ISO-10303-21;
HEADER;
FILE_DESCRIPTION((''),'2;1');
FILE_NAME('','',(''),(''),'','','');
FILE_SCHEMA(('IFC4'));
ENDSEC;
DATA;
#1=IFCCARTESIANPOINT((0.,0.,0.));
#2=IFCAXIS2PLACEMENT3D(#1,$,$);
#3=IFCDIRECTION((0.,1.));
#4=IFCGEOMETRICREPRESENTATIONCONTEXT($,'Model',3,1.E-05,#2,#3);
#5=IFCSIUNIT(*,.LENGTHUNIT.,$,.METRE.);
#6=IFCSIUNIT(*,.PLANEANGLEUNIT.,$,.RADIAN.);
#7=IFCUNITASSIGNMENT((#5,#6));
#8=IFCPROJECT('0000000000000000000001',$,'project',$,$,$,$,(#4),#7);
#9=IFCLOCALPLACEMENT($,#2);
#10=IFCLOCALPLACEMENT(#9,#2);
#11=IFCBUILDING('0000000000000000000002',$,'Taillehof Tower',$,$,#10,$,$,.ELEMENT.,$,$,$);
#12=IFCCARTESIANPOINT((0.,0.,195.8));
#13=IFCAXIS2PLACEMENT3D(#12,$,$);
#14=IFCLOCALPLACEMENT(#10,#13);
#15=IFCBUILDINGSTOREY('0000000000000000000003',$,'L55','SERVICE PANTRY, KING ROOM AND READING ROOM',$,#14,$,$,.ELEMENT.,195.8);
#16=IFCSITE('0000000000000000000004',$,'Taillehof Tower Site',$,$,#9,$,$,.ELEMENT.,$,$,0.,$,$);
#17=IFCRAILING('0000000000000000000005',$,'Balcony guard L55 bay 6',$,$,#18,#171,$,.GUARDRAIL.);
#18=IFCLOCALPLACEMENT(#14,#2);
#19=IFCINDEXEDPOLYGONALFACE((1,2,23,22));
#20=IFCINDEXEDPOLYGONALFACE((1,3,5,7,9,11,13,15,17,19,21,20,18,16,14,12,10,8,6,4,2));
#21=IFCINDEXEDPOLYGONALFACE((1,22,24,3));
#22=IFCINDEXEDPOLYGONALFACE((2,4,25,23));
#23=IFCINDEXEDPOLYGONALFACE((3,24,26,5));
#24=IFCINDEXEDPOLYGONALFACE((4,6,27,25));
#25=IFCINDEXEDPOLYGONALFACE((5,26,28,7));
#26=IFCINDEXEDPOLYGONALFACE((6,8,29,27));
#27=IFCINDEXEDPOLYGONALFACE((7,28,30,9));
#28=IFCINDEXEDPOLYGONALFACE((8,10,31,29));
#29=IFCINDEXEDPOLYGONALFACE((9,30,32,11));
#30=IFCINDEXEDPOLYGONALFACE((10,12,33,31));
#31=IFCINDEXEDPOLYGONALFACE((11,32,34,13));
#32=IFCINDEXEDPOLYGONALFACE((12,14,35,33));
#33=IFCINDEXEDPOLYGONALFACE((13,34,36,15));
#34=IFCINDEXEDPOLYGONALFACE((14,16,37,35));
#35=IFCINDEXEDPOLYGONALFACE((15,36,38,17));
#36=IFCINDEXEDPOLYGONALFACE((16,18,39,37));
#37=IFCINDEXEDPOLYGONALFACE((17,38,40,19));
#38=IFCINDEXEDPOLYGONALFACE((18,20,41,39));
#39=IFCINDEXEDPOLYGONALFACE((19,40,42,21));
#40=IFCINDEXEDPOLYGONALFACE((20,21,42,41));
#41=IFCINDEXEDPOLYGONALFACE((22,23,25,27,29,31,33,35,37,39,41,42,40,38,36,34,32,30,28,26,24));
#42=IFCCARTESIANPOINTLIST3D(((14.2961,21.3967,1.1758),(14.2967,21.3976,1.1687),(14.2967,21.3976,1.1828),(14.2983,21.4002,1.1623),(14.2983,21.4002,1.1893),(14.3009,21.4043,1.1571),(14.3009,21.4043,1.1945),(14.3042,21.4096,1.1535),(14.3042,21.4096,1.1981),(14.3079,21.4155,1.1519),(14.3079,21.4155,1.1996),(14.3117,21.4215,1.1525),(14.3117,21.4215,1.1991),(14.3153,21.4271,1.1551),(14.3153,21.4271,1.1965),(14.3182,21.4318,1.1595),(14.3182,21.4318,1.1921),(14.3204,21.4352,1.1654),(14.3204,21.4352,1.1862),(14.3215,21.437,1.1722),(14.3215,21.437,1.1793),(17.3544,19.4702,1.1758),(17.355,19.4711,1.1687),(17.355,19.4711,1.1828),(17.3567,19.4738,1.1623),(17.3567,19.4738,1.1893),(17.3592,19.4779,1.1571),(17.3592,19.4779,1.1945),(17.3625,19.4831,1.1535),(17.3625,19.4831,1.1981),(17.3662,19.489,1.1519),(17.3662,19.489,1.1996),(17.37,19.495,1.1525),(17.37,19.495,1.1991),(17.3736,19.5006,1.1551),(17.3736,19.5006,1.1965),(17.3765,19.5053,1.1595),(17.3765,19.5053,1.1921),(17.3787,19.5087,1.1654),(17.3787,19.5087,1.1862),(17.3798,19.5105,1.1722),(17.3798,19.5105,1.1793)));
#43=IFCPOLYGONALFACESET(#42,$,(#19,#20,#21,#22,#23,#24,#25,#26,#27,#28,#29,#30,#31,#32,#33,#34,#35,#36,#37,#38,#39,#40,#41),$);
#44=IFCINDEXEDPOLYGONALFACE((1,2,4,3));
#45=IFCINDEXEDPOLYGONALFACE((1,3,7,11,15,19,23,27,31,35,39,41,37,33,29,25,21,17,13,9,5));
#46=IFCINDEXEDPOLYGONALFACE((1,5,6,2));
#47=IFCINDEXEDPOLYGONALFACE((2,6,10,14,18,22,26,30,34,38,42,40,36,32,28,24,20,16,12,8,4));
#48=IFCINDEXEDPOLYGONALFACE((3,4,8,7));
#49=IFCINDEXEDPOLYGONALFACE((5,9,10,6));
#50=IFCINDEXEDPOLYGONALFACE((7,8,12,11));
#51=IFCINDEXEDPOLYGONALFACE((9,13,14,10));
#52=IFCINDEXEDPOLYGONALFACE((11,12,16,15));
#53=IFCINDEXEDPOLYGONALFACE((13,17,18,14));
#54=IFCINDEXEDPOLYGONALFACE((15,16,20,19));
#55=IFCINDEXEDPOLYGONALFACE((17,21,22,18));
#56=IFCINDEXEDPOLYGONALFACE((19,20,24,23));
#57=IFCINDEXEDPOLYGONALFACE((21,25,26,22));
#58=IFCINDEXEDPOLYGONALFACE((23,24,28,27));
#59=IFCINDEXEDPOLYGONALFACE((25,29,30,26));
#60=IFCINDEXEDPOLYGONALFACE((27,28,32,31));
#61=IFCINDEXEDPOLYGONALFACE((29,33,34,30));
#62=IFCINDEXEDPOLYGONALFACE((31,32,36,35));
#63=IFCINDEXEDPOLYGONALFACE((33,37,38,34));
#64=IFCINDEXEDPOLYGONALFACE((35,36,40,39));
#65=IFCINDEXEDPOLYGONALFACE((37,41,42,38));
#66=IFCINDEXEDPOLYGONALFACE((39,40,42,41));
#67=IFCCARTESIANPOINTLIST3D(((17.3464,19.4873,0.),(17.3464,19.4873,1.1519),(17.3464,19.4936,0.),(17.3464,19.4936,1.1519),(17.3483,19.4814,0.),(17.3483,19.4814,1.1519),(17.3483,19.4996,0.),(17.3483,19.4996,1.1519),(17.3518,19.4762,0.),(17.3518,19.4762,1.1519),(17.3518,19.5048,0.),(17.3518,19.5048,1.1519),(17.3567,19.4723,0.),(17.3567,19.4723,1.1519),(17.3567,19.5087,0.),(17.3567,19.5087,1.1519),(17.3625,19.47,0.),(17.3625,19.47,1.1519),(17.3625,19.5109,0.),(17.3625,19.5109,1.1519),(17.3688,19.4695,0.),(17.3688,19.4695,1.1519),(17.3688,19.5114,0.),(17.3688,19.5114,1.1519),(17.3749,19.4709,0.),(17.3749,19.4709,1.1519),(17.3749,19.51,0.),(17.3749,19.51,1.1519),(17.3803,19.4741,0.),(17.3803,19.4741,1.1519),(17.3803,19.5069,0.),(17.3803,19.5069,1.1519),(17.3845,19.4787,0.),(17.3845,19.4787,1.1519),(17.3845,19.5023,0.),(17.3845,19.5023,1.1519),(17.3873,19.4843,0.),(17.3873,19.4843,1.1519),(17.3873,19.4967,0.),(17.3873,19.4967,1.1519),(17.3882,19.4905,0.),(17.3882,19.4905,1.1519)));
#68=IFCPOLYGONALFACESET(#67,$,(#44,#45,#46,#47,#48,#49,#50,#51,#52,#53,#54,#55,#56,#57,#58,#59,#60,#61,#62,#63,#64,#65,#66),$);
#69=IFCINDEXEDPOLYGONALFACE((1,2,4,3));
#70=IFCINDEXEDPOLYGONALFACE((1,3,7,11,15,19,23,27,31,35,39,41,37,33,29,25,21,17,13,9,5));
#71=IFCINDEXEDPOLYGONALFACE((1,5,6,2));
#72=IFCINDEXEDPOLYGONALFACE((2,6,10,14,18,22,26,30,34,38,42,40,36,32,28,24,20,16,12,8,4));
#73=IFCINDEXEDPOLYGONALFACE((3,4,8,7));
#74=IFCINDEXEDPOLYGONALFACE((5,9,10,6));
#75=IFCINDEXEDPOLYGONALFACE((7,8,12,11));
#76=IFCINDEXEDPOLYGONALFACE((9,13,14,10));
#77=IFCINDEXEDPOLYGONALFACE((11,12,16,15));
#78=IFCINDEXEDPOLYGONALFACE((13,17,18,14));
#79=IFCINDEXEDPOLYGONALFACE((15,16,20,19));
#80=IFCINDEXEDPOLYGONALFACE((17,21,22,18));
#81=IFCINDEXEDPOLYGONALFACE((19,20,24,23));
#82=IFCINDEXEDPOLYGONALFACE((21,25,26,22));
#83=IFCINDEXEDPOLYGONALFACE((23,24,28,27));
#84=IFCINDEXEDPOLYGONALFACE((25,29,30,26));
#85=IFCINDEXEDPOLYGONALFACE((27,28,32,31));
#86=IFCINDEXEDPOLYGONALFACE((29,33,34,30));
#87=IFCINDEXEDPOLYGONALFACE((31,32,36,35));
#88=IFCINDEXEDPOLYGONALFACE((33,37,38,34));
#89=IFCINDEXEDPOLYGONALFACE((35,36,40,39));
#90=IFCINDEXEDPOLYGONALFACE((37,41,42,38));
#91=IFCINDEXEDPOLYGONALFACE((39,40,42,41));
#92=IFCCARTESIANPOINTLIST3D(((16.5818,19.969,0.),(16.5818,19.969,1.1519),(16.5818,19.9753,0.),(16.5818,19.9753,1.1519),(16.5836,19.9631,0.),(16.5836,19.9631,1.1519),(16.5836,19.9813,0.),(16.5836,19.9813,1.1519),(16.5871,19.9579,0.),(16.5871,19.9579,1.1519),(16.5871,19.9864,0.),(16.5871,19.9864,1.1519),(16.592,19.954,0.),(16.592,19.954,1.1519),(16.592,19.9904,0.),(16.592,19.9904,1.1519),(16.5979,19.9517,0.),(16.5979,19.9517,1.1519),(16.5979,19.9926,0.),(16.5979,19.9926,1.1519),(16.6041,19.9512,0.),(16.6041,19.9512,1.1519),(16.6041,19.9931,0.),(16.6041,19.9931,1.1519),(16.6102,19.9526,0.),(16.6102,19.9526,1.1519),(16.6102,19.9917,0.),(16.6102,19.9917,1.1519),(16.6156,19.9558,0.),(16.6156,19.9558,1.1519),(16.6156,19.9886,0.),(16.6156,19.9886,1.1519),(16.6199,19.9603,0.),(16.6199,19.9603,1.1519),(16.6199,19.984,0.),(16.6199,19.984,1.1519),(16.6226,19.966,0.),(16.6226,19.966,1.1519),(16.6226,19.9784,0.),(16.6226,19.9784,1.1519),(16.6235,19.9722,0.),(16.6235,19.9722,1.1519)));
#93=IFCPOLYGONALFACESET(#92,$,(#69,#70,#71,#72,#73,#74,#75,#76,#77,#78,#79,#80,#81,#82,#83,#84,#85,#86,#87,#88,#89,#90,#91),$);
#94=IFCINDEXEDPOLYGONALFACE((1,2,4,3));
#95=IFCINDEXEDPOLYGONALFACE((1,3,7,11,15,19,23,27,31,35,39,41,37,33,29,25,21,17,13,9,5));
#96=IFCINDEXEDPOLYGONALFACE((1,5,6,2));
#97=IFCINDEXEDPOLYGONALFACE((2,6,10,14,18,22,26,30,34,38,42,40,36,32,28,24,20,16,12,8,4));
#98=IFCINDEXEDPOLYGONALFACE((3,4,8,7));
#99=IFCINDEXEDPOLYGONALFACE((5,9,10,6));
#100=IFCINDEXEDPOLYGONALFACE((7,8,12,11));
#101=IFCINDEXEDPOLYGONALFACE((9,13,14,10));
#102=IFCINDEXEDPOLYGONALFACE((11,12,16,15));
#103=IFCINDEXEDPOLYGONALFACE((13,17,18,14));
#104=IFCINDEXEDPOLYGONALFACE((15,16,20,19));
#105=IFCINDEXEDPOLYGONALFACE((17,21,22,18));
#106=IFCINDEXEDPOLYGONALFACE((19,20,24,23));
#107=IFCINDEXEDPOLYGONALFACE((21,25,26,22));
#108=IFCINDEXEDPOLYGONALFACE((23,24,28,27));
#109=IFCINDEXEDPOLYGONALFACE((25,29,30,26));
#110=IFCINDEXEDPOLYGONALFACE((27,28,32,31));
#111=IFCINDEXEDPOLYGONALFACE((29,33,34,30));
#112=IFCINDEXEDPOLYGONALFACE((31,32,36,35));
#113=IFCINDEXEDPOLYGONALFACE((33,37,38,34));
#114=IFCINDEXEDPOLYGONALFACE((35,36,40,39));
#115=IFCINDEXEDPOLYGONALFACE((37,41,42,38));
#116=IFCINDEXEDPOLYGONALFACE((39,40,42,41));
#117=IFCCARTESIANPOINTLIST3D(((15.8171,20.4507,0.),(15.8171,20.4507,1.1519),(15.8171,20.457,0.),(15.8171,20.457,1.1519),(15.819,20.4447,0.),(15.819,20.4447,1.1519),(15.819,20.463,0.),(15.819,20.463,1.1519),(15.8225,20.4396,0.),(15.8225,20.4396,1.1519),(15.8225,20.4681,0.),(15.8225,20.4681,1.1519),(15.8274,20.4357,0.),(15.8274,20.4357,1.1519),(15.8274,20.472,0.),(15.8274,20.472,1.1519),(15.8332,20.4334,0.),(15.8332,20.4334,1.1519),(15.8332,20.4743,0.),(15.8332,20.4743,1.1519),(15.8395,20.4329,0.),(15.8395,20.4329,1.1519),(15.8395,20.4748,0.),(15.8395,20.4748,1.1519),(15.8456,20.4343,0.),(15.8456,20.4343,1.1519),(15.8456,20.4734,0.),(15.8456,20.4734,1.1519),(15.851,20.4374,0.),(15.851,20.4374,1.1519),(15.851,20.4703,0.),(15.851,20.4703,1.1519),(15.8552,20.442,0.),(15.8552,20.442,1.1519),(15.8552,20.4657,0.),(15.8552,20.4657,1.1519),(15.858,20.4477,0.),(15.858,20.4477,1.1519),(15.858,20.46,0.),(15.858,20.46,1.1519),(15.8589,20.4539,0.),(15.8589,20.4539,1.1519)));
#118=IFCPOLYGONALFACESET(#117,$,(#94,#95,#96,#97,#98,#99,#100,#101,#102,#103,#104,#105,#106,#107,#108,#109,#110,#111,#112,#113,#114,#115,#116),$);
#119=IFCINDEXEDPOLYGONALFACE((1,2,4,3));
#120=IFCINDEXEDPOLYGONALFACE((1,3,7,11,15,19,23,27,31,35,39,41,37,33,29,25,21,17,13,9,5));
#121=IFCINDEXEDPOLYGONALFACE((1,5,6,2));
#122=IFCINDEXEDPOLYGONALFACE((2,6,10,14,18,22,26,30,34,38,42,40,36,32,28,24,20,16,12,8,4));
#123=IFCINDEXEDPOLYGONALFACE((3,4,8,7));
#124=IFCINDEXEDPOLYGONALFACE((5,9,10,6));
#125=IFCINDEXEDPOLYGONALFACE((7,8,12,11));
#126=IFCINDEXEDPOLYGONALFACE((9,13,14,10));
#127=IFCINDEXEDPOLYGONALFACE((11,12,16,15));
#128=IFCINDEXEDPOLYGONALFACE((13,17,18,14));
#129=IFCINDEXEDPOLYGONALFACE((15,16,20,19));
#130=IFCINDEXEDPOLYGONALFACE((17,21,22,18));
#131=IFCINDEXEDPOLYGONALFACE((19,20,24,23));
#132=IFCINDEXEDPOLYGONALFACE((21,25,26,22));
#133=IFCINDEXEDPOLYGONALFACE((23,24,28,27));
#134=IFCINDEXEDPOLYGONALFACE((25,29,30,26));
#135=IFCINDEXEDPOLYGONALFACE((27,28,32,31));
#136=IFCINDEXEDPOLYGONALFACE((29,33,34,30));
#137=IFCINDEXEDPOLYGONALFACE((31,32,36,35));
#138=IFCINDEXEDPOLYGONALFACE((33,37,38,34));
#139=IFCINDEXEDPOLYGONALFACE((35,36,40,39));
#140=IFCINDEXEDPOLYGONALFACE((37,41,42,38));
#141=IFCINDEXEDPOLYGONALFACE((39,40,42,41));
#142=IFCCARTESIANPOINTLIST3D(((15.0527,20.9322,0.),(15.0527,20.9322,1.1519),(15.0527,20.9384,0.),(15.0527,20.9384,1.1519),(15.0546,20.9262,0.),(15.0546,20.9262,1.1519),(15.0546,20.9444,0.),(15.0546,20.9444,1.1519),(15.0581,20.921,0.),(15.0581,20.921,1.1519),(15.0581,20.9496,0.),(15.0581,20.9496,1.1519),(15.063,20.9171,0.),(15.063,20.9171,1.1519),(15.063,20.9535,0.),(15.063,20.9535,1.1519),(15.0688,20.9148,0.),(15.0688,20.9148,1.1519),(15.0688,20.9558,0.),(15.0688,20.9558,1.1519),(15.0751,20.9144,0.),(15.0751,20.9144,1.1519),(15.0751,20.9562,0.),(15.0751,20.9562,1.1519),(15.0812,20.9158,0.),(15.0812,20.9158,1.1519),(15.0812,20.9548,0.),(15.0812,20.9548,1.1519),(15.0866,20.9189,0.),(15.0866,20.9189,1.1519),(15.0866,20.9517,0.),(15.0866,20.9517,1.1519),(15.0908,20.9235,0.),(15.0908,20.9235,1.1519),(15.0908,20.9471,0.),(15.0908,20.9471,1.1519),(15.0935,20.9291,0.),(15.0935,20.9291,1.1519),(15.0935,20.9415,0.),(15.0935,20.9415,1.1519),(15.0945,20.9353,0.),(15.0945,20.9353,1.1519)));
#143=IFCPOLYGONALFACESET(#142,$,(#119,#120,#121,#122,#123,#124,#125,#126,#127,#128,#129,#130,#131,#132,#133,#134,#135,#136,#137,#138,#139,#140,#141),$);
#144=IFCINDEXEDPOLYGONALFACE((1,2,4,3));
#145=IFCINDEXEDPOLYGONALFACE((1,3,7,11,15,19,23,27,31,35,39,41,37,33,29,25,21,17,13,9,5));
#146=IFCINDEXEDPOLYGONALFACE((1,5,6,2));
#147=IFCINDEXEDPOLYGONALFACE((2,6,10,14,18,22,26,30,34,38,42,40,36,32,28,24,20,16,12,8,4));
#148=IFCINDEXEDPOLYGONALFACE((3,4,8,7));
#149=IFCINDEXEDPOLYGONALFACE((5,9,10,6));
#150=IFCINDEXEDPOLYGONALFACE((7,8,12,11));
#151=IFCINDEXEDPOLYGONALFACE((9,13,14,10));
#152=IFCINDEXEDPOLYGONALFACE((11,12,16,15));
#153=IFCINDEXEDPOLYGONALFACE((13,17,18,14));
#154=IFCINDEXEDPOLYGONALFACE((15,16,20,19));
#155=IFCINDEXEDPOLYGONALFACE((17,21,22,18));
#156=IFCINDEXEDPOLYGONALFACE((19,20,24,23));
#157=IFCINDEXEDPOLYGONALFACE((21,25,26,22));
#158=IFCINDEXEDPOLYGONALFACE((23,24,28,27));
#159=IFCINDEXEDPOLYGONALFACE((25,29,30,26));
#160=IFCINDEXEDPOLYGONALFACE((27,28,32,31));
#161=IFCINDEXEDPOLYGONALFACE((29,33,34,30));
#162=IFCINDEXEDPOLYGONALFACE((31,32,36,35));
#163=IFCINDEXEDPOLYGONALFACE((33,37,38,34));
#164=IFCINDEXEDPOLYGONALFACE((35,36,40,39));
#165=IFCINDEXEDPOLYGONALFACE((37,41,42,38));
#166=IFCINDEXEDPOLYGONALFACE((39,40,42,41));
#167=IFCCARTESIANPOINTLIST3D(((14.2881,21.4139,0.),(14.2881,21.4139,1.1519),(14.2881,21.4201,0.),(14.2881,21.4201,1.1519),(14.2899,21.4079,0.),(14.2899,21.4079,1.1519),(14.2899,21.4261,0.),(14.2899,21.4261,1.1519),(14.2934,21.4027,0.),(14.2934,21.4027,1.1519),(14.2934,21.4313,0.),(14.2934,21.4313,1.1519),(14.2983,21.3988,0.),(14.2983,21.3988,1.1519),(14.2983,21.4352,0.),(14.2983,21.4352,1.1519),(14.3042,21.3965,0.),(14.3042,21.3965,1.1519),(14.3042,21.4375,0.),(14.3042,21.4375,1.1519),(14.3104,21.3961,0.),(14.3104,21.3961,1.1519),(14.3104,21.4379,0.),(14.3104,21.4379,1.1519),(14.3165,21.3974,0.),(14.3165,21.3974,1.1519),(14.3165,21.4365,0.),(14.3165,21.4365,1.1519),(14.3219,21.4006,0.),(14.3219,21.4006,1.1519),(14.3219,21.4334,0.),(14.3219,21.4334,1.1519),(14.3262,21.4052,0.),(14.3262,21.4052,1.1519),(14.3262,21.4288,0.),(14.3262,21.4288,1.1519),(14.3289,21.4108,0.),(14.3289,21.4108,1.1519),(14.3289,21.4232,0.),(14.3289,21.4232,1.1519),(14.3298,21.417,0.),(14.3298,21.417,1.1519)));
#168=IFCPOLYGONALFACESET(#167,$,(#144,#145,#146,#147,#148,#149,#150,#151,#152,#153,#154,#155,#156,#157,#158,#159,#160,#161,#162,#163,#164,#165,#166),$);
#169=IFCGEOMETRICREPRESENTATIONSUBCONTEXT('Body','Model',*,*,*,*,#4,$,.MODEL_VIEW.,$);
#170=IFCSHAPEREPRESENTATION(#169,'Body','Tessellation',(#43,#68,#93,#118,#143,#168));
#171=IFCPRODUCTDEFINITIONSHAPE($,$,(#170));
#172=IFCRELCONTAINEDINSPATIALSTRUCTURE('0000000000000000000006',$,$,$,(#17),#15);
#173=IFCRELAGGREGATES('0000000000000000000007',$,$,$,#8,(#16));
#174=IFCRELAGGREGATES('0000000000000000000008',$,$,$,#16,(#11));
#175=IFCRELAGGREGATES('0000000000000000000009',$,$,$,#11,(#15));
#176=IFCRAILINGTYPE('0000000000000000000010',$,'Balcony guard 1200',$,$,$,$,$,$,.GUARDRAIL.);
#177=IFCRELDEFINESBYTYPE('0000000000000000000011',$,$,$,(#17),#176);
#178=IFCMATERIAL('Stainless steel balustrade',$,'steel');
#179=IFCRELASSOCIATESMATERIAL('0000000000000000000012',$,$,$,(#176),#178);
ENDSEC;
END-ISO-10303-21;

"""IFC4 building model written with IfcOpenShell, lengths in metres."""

from ifc_helpers import new_model, si_unit, direction, frame, origin, origin_2d, place, context, subcontext, project, spatial, circle, extrude, material, type_object, element, save


model = new_model("IFC4")

# Units and contexts
model_context = context("Model", 3, precision=1e-05, world=origin(), true_north=direction((0.0, 1.0)))
body_context = subcontext(model_context, "Body", "Model", "MODEL_VIEW")
ifc_project = project(units=[si_unit("LENGTHUNIT", "METRE"), si_unit("PLANEANGLEUNIT", "RADIAN")], contexts=[model_context])

# Site, building, storey
site_placement = place(None, origin())
site = spatial("IfcSite", under=ifc_project, at=site_placement, Name="Taillehof Tower Site", CompositionType="ELEMENT", RefElevation=0.0)
building_placement = place(site_placement, origin())
building = spatial("IfcBuilding", under=site, at=building_placement, Name="Taillehof Tower", CompositionType="ELEMENT")
storey_placement = place(building_placement, frame((0.0, 0.0, 195.8)))
storey = spatial("IfcBuildingStorey", under=building, at=storey_placement, Name="L55", Description="SERVICE PANTRY, KING ROOM AND READING ROOM", CompositionType="ELEMENT", Elevation=195.8)

# Railing
ifc_material_1 = material(Name="Stainless steel balustrade", Category="steel")
railing_type = type_object("IfcRailingType", Name="Balcony guard 1200", PredefinedType="GUARDRAIL", material=ifc_material_1)
railing_1_placement = place(storey_placement, frame((17.3672, 19.4905, 0.0)))
element("IfcRailing", 1, at=railing_1_placement, inside=storey, type_object=railing_type, Name="Balcony guard L55 bay 6", PredefinedType="GUARDRAIL", context=body_context, shape_type="SweptSolid", body=[
    extrude(circle(Radius=0.0239, at=origin_2d()), frame((0.0, 0.0, 1.1758), z_axis=(-0.846122, 0.532989, 0.0), x_axis=(-0.532989, -0.846122, 0.0)), (0.0, 0.0, 1.0), 3.6145),
    extrude(circle(Radius=0.021, at=origin_2d()), origin(), (0.0, 0.0, 1.0), 1.1519),
    extrude(circle(Radius=0.021, at=origin_2d()), frame((-0.7646, 0.4817, 0.0)), (0.0, 0.0, 1.0), 1.1519),
    extrude(circle(Radius=0.021, at=origin_2d()), frame((-1.5293, 0.9634, 0.0)), (0.0, 0.0, 1.0), 1.1519),
    extrude(circle(Radius=0.021, at=origin_2d()), frame((-2.2937, 1.4448, 0.0)), (0.0, 0.0, 1.0), 1.1519),
    extrude(circle(Radius=0.021, at=origin_2d()), frame((-3.0583, 1.9265, 0.0)), (0.0, 0.0, 1.0), 1.1519),
])

save(model, "model.ifc")
